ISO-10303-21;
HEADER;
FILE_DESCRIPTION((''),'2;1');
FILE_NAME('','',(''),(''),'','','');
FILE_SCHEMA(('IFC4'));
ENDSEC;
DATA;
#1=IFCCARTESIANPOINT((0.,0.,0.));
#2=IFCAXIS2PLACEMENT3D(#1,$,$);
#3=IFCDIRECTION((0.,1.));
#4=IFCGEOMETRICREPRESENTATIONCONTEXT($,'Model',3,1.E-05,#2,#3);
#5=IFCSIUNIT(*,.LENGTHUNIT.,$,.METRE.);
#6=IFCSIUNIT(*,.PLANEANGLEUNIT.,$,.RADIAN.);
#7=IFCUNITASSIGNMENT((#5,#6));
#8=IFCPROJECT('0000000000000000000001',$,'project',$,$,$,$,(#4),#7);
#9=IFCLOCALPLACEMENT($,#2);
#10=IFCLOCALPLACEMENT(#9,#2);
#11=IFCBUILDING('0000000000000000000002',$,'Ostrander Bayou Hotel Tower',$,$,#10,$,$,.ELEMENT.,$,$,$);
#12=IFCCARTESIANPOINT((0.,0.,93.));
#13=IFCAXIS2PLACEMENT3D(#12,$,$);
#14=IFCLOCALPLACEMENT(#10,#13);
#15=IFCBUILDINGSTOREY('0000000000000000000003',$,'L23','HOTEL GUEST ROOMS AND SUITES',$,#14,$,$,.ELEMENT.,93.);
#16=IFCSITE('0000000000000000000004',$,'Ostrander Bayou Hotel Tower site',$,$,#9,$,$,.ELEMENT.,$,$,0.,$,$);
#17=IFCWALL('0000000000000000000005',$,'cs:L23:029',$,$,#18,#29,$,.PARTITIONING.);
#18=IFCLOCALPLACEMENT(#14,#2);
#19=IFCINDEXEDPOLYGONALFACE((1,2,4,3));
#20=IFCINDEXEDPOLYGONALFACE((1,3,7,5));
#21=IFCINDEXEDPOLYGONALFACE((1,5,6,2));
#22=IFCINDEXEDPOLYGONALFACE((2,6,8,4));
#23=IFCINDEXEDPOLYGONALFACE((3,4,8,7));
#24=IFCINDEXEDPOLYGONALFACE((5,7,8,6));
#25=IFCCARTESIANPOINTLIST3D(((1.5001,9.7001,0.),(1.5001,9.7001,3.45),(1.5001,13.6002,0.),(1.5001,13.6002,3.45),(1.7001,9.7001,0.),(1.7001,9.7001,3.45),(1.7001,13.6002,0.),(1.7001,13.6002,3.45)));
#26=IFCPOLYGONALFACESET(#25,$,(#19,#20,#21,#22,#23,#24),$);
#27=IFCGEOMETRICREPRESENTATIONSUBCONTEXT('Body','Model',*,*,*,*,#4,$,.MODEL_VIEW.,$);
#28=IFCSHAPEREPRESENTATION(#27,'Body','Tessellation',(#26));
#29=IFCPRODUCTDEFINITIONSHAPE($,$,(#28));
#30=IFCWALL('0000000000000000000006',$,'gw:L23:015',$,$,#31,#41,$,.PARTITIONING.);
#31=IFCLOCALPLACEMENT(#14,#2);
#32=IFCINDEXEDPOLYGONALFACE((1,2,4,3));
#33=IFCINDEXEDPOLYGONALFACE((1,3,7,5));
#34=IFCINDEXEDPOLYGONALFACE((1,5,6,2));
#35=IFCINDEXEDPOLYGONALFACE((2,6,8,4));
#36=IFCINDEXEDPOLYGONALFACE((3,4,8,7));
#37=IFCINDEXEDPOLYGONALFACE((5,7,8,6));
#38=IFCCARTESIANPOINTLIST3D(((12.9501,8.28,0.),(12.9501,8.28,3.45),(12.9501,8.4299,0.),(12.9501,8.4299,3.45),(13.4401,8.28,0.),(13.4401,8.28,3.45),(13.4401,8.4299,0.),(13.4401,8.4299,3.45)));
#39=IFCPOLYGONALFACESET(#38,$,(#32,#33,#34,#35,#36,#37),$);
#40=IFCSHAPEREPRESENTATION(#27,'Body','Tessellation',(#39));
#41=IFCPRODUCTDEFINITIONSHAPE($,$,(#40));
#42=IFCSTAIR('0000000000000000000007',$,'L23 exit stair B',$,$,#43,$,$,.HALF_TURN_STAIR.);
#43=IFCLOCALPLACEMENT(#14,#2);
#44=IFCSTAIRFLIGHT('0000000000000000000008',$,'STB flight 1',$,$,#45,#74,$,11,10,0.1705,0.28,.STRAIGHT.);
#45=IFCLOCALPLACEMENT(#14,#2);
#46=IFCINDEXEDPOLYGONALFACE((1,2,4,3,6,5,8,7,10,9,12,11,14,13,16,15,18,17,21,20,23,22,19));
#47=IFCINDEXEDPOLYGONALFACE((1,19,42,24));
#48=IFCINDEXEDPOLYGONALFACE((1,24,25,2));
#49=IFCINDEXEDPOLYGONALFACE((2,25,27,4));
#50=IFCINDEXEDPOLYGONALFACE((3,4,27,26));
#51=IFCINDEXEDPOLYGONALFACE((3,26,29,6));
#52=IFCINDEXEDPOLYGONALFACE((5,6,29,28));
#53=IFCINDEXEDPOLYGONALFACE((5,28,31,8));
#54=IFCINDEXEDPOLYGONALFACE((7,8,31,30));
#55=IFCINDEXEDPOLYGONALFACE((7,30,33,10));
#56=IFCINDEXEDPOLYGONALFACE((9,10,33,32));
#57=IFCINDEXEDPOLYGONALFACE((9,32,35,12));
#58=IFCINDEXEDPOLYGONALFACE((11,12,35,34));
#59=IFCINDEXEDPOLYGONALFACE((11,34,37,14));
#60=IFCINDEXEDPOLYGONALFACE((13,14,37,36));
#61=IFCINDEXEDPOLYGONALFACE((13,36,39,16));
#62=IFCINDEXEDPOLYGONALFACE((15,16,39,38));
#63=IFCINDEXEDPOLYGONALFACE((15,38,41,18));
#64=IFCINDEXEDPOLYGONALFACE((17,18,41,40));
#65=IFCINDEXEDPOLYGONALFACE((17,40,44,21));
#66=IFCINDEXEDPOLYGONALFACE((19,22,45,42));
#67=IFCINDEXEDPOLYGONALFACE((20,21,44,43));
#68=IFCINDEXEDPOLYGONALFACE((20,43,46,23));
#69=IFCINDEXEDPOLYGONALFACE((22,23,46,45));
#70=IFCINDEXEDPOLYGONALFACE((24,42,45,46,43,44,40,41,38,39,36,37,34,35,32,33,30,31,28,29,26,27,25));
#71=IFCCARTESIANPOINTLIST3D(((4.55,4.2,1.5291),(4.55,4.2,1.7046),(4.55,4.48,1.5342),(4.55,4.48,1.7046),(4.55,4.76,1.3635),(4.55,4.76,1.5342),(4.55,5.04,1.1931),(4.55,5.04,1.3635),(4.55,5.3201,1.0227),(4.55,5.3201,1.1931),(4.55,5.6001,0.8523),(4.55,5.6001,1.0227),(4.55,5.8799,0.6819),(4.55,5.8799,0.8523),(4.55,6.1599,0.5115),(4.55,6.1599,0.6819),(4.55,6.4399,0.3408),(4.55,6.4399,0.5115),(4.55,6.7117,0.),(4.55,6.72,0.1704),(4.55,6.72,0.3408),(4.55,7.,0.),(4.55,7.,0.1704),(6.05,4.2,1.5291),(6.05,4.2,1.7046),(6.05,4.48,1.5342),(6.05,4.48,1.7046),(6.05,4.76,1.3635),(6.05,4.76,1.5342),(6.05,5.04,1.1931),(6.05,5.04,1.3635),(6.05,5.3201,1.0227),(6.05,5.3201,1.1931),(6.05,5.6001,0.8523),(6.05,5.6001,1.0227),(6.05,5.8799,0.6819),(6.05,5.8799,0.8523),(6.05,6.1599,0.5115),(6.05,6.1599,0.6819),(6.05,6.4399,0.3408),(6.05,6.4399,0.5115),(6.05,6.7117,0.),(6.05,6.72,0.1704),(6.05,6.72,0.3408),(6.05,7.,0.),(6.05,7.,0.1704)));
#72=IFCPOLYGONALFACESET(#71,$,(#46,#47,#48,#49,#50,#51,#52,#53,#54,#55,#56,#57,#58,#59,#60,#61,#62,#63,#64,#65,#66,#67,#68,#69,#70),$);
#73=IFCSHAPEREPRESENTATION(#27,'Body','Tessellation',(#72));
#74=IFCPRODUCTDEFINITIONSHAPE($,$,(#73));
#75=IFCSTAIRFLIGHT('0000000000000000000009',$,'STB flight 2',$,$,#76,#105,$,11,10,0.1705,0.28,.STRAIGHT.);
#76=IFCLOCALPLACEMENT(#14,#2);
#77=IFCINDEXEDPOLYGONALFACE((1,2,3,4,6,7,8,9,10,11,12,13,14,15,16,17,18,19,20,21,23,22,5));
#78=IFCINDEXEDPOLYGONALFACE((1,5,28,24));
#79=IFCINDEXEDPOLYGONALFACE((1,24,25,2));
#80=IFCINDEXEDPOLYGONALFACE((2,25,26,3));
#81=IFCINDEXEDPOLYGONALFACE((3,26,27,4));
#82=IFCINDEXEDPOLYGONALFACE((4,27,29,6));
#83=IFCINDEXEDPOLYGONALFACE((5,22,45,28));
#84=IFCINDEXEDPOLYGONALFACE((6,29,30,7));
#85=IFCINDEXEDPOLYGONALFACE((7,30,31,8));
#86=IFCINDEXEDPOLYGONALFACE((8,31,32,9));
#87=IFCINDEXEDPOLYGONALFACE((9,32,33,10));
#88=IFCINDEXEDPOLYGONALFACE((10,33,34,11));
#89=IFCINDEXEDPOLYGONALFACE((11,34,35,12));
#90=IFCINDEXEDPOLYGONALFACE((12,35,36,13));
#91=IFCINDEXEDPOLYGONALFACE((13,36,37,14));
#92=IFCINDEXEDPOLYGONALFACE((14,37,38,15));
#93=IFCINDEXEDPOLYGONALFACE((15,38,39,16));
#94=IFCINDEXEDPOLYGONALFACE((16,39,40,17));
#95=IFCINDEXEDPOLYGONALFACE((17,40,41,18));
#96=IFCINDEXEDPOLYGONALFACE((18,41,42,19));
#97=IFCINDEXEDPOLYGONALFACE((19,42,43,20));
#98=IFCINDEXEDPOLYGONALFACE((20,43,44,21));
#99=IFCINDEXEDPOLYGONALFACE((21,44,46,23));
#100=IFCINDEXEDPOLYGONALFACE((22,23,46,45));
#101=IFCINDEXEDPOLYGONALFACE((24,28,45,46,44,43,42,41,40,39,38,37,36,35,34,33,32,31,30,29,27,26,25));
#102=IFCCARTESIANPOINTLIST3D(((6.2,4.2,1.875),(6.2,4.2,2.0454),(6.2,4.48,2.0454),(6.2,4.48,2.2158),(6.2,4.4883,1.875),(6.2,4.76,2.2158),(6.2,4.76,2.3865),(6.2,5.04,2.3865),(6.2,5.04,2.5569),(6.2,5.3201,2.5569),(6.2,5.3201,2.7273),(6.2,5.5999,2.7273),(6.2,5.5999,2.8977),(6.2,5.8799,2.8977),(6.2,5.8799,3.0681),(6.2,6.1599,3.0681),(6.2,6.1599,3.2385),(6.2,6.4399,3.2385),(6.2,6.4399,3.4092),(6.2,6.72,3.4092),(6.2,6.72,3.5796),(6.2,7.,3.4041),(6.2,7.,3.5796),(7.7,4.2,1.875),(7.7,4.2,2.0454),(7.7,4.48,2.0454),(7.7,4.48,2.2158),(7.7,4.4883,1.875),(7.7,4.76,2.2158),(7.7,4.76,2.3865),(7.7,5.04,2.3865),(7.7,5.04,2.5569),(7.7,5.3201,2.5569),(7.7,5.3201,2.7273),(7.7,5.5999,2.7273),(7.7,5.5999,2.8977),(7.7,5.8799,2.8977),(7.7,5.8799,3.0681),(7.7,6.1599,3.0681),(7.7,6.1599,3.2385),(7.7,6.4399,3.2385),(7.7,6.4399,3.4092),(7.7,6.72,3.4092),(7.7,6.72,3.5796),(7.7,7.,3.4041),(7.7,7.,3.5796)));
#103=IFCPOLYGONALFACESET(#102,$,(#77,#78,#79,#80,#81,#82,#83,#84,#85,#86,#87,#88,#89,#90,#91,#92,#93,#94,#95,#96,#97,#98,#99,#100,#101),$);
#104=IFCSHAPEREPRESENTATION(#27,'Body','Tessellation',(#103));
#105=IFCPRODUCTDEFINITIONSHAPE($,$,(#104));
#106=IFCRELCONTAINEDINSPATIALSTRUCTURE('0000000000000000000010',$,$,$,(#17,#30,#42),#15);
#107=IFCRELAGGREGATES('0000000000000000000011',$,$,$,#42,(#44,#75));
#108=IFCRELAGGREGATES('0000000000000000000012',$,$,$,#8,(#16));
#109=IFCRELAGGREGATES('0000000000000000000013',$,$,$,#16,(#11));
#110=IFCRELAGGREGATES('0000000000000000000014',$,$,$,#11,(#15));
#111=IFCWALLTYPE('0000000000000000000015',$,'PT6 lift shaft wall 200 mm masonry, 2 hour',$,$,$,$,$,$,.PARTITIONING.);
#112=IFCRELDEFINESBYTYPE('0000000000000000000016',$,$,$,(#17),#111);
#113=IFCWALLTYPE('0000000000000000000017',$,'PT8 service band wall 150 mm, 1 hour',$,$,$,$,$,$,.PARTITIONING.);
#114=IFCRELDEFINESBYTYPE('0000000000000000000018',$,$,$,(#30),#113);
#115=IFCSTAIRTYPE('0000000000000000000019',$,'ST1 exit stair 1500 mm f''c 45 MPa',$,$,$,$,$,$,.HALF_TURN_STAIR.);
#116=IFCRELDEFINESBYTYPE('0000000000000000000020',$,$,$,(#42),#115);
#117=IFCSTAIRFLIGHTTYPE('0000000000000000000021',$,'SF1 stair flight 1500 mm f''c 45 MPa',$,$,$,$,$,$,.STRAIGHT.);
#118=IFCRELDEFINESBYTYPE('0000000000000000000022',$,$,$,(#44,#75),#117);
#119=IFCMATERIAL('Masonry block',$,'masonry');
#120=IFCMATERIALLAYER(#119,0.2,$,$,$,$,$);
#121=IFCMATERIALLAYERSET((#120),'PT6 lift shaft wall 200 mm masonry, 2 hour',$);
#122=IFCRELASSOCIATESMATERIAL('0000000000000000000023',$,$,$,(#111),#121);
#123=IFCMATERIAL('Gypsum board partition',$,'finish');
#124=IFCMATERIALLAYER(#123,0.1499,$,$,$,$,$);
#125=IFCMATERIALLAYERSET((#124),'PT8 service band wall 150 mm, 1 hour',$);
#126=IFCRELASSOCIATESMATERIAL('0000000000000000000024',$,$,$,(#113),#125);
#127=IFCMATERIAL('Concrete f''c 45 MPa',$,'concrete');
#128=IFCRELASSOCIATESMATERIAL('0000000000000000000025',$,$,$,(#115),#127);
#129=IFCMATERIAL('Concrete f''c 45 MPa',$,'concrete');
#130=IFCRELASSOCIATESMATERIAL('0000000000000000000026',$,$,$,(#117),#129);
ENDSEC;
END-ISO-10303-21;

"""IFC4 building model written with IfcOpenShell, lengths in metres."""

from ifc_helpers import new_model, si_unit, direction, frame, frame_2d, origin, place, context, subcontext, project, spatial, polyline, rectangle, outline, extrude, material, layer, layer_set, type_object, element, aggregate, save


model = new_model("IFC4")

# Units and contexts
model_context = context("Model", 3, precision=1e-05, world=origin(), true_north=direction((0.0, 1.0)))
body_context = subcontext(model_context, "Body", "Model", "MODEL_VIEW")
ifc_project = project(units=[si_unit("LENGTHUNIT", "METRE"), si_unit("PLANEANGLEUNIT", "RADIAN")], contexts=[model_context])

# Site, building, storey
site_placement = place(None, origin())
site = spatial("IfcSite", under=ifc_project, at=site_placement, Name="Ostrander Bayou Hotel Tower site", CompositionType="ELEMENT", RefElevation=0.0)
building_placement = place(site_placement, origin())
building = spatial("IfcBuilding", under=site, at=building_placement, Name="Ostrander Bayou Hotel Tower", CompositionType="ELEMENT")
storey_placement = place(building_placement, frame((0.0, 0.0, 93.0)))
storey = spatial("IfcBuildingStorey", under=building, at=storey_placement, Name="L23", Description="HOTEL GUEST ROOMS AND SUITES", CompositionType="ELEMENT", Elevation=93.0)

# Walls
ifc_material_1 = material(Name="Masonry block", Category="masonry")
ifc_layer_1 = layer(ifc_material_1, 0.2)
ifc_layer_set_1 = layer_set([ifc_layer_1], Name="PT6 lift shaft wall 200 mm masonry, 2 hour")
wall_type_1 = type_object("IfcWallType", Name="PT6 lift shaft wall 200 mm masonry, 2 hour", PredefinedType="PARTITIONING", material=ifc_layer_set_1)
wall_1_placement = place(storey_placement, frame((1.6001, 9.7, 0.0), z_axis=(0.0, 0.0, 1.0), x_axis=(0.0, 1.0, 0.0)))
element("IfcWall", 1, at=wall_1_placement, inside=storey, type_object=wall_type_1, Name="cs:L23:029", PredefinedType="PARTITIONING", context=body_context, shape_type="SweptSolid", body=[
    extrude(rectangle(XDim=3.9001, YDim=0.2, at=frame_2d((1.9502, 0.0))), origin(), (0.0, 0.0, 1.0), 3.45),
])
ifc_material_2 = material(Name="Gypsum board partition", Category="finish")
ifc_layer_2 = layer(ifc_material_2, 0.1499)
ifc_layer_set_2 = layer_set([ifc_layer_2], Name="PT8 service band wall 150 mm, 1 hour")
wall_type_2 = type_object("IfcWallType", Name="PT8 service band wall 150 mm, 1 hour", PredefinedType="PARTITIONING", material=ifc_layer_set_2)
wall_2_placement = place(storey_placement, frame((12.95, 8.355, 0.0), z_axis=(0.0, 0.0, 1.0), x_axis=(1.0, 0.0, 0.0)))
element("IfcWall", 2, at=wall_2_placement, inside=storey, type_object=wall_type_2, Name="gw:L23:015", PredefinedType="PARTITIONING", context=body_context, shape_type="SweptSolid", body=[
    extrude(rectangle(XDim=0.49, YDim=0.1499, at=frame_2d((0.2451, 0.0))), origin(), (0.0, 0.0, 1.0), 3.45),
])

# Stair, stair flights
ifc_material_3 = material(Name="Concrete f'c 45 MPa", Category="concrete")
stair_type = type_object("IfcStairType", Name="ST1 exit stair 1500 mm f'c 45 MPa", PredefinedType="HALF_TURN_STAIR", material=ifc_material_3)
stair_placement = place(storey_placement, origin())
stair = element("IfcStair", 3, at=stair_placement, inside=storey, type_object=stair_type, Name="L23 exit stair B", PredefinedType="HALF_TURN_STAIR")
ifc_material_4 = material(Name="Concrete f'c 45 MPa", Category="concrete")
stair_flight_type = type_object("IfcStairFlightType", Name="SF1 stair flight 1500 mm f'c 45 MPa", PredefinedType="STRAIGHT", material=ifc_material_4)
stair_flight_1_placement = place(storey_placement, frame((5.3, 7.0, 0.0), z_axis=(0.0, 0.0, 1.0), x_axis=(0.0, -1.0, 0.0)))
stair_flight_1 = element("IfcStairFlight", 4, at=stair_flight_1_placement, type_object=stair_flight_type, Name="STB flight 1", NumberOfRisers=11, NumberOfTreads=10, PredefinedType="STRAIGHT", RiserHeight=0.1705, TreadLength=0.28, context=body_context, shape_type="SweptSolid", body=[
    extrude(outline(polyline([(0.0, 0.0), (0.0, 0.1704), (0.28, 0.1704), (0.28, 0.3408), (0.5601, 0.3408), (0.5601, 0.5115), (0.8401, 0.5115), (0.8401, 0.6819), (1.1201, 0.6819), (1.1201, 0.8523), (1.3999, 0.8523), (1.3999, 1.0227), (1.6799, 1.0227), (1.6799, 1.1931), (1.96, 1.1931), (1.96, 1.3635), (2.24, 1.3635), (2.24, 1.5342), (2.52, 1.5342), (2.52, 1.7046), (2.8, 1.7046), (2.8, 1.875), (2.8, 1.5291), (0.2883, 0.0), (0.0, 0.0)])), frame((0.0, 0.75, 0.0), z_axis=(0.0, -1.0, 0.0), x_axis=(1.0, 0.0, 0.0)), (0.0, 0.0, 1.0), 1.5),
])
stair_flight_2_placement = place(storey_placement, frame((6.95, 4.2, 1.875), z_axis=(0.0, 0.0, 1.0), x_axis=(0.0, 1.0, 0.0)))
stair_flight_2 = element("IfcStairFlight", 5, at=stair_flight_2_placement, type_object=stair_flight_type, Name="STB flight 2", NumberOfRisers=11, NumberOfTreads=10, PredefinedType="STRAIGHT", RiserHeight=0.1705, TreadLength=0.28, context=body_context, shape_type="SweptSolid", body=[
    extrude(outline(polyline([(0.0, 0.0), (0.0, 0.1704), (0.28, 0.1704), (0.28, 0.3408), (0.5601, 0.3408), (0.5601, 0.5115), (0.8401, 0.5115), (0.8401, 0.6819), (1.1201, 0.6819), (1.1201, 0.8523), (1.3999, 0.8523), (1.3999, 1.0227), (1.6799, 1.0227), (1.6799, 1.1931), (1.96, 1.1931), (1.96, 1.3635), (2.24, 1.3635), (2.24, 1.5342), (2.52, 1.5342), (2.52, 1.7046), (2.8, 1.7046), (2.8, 1.875), (2.8, 1.5291), (0.2883, 0.0), (0.0, 0.0)])), frame((0.0, 0.75, 0.0), z_axis=(0.0, -1.0, 0.0), x_axis=(1.0, 0.0, 0.0)), (0.0, 0.0, 1.0), 1.5),
])
aggregate(stair, [stair_flight_1, stair_flight_2])

save(model, "model.ifc")
